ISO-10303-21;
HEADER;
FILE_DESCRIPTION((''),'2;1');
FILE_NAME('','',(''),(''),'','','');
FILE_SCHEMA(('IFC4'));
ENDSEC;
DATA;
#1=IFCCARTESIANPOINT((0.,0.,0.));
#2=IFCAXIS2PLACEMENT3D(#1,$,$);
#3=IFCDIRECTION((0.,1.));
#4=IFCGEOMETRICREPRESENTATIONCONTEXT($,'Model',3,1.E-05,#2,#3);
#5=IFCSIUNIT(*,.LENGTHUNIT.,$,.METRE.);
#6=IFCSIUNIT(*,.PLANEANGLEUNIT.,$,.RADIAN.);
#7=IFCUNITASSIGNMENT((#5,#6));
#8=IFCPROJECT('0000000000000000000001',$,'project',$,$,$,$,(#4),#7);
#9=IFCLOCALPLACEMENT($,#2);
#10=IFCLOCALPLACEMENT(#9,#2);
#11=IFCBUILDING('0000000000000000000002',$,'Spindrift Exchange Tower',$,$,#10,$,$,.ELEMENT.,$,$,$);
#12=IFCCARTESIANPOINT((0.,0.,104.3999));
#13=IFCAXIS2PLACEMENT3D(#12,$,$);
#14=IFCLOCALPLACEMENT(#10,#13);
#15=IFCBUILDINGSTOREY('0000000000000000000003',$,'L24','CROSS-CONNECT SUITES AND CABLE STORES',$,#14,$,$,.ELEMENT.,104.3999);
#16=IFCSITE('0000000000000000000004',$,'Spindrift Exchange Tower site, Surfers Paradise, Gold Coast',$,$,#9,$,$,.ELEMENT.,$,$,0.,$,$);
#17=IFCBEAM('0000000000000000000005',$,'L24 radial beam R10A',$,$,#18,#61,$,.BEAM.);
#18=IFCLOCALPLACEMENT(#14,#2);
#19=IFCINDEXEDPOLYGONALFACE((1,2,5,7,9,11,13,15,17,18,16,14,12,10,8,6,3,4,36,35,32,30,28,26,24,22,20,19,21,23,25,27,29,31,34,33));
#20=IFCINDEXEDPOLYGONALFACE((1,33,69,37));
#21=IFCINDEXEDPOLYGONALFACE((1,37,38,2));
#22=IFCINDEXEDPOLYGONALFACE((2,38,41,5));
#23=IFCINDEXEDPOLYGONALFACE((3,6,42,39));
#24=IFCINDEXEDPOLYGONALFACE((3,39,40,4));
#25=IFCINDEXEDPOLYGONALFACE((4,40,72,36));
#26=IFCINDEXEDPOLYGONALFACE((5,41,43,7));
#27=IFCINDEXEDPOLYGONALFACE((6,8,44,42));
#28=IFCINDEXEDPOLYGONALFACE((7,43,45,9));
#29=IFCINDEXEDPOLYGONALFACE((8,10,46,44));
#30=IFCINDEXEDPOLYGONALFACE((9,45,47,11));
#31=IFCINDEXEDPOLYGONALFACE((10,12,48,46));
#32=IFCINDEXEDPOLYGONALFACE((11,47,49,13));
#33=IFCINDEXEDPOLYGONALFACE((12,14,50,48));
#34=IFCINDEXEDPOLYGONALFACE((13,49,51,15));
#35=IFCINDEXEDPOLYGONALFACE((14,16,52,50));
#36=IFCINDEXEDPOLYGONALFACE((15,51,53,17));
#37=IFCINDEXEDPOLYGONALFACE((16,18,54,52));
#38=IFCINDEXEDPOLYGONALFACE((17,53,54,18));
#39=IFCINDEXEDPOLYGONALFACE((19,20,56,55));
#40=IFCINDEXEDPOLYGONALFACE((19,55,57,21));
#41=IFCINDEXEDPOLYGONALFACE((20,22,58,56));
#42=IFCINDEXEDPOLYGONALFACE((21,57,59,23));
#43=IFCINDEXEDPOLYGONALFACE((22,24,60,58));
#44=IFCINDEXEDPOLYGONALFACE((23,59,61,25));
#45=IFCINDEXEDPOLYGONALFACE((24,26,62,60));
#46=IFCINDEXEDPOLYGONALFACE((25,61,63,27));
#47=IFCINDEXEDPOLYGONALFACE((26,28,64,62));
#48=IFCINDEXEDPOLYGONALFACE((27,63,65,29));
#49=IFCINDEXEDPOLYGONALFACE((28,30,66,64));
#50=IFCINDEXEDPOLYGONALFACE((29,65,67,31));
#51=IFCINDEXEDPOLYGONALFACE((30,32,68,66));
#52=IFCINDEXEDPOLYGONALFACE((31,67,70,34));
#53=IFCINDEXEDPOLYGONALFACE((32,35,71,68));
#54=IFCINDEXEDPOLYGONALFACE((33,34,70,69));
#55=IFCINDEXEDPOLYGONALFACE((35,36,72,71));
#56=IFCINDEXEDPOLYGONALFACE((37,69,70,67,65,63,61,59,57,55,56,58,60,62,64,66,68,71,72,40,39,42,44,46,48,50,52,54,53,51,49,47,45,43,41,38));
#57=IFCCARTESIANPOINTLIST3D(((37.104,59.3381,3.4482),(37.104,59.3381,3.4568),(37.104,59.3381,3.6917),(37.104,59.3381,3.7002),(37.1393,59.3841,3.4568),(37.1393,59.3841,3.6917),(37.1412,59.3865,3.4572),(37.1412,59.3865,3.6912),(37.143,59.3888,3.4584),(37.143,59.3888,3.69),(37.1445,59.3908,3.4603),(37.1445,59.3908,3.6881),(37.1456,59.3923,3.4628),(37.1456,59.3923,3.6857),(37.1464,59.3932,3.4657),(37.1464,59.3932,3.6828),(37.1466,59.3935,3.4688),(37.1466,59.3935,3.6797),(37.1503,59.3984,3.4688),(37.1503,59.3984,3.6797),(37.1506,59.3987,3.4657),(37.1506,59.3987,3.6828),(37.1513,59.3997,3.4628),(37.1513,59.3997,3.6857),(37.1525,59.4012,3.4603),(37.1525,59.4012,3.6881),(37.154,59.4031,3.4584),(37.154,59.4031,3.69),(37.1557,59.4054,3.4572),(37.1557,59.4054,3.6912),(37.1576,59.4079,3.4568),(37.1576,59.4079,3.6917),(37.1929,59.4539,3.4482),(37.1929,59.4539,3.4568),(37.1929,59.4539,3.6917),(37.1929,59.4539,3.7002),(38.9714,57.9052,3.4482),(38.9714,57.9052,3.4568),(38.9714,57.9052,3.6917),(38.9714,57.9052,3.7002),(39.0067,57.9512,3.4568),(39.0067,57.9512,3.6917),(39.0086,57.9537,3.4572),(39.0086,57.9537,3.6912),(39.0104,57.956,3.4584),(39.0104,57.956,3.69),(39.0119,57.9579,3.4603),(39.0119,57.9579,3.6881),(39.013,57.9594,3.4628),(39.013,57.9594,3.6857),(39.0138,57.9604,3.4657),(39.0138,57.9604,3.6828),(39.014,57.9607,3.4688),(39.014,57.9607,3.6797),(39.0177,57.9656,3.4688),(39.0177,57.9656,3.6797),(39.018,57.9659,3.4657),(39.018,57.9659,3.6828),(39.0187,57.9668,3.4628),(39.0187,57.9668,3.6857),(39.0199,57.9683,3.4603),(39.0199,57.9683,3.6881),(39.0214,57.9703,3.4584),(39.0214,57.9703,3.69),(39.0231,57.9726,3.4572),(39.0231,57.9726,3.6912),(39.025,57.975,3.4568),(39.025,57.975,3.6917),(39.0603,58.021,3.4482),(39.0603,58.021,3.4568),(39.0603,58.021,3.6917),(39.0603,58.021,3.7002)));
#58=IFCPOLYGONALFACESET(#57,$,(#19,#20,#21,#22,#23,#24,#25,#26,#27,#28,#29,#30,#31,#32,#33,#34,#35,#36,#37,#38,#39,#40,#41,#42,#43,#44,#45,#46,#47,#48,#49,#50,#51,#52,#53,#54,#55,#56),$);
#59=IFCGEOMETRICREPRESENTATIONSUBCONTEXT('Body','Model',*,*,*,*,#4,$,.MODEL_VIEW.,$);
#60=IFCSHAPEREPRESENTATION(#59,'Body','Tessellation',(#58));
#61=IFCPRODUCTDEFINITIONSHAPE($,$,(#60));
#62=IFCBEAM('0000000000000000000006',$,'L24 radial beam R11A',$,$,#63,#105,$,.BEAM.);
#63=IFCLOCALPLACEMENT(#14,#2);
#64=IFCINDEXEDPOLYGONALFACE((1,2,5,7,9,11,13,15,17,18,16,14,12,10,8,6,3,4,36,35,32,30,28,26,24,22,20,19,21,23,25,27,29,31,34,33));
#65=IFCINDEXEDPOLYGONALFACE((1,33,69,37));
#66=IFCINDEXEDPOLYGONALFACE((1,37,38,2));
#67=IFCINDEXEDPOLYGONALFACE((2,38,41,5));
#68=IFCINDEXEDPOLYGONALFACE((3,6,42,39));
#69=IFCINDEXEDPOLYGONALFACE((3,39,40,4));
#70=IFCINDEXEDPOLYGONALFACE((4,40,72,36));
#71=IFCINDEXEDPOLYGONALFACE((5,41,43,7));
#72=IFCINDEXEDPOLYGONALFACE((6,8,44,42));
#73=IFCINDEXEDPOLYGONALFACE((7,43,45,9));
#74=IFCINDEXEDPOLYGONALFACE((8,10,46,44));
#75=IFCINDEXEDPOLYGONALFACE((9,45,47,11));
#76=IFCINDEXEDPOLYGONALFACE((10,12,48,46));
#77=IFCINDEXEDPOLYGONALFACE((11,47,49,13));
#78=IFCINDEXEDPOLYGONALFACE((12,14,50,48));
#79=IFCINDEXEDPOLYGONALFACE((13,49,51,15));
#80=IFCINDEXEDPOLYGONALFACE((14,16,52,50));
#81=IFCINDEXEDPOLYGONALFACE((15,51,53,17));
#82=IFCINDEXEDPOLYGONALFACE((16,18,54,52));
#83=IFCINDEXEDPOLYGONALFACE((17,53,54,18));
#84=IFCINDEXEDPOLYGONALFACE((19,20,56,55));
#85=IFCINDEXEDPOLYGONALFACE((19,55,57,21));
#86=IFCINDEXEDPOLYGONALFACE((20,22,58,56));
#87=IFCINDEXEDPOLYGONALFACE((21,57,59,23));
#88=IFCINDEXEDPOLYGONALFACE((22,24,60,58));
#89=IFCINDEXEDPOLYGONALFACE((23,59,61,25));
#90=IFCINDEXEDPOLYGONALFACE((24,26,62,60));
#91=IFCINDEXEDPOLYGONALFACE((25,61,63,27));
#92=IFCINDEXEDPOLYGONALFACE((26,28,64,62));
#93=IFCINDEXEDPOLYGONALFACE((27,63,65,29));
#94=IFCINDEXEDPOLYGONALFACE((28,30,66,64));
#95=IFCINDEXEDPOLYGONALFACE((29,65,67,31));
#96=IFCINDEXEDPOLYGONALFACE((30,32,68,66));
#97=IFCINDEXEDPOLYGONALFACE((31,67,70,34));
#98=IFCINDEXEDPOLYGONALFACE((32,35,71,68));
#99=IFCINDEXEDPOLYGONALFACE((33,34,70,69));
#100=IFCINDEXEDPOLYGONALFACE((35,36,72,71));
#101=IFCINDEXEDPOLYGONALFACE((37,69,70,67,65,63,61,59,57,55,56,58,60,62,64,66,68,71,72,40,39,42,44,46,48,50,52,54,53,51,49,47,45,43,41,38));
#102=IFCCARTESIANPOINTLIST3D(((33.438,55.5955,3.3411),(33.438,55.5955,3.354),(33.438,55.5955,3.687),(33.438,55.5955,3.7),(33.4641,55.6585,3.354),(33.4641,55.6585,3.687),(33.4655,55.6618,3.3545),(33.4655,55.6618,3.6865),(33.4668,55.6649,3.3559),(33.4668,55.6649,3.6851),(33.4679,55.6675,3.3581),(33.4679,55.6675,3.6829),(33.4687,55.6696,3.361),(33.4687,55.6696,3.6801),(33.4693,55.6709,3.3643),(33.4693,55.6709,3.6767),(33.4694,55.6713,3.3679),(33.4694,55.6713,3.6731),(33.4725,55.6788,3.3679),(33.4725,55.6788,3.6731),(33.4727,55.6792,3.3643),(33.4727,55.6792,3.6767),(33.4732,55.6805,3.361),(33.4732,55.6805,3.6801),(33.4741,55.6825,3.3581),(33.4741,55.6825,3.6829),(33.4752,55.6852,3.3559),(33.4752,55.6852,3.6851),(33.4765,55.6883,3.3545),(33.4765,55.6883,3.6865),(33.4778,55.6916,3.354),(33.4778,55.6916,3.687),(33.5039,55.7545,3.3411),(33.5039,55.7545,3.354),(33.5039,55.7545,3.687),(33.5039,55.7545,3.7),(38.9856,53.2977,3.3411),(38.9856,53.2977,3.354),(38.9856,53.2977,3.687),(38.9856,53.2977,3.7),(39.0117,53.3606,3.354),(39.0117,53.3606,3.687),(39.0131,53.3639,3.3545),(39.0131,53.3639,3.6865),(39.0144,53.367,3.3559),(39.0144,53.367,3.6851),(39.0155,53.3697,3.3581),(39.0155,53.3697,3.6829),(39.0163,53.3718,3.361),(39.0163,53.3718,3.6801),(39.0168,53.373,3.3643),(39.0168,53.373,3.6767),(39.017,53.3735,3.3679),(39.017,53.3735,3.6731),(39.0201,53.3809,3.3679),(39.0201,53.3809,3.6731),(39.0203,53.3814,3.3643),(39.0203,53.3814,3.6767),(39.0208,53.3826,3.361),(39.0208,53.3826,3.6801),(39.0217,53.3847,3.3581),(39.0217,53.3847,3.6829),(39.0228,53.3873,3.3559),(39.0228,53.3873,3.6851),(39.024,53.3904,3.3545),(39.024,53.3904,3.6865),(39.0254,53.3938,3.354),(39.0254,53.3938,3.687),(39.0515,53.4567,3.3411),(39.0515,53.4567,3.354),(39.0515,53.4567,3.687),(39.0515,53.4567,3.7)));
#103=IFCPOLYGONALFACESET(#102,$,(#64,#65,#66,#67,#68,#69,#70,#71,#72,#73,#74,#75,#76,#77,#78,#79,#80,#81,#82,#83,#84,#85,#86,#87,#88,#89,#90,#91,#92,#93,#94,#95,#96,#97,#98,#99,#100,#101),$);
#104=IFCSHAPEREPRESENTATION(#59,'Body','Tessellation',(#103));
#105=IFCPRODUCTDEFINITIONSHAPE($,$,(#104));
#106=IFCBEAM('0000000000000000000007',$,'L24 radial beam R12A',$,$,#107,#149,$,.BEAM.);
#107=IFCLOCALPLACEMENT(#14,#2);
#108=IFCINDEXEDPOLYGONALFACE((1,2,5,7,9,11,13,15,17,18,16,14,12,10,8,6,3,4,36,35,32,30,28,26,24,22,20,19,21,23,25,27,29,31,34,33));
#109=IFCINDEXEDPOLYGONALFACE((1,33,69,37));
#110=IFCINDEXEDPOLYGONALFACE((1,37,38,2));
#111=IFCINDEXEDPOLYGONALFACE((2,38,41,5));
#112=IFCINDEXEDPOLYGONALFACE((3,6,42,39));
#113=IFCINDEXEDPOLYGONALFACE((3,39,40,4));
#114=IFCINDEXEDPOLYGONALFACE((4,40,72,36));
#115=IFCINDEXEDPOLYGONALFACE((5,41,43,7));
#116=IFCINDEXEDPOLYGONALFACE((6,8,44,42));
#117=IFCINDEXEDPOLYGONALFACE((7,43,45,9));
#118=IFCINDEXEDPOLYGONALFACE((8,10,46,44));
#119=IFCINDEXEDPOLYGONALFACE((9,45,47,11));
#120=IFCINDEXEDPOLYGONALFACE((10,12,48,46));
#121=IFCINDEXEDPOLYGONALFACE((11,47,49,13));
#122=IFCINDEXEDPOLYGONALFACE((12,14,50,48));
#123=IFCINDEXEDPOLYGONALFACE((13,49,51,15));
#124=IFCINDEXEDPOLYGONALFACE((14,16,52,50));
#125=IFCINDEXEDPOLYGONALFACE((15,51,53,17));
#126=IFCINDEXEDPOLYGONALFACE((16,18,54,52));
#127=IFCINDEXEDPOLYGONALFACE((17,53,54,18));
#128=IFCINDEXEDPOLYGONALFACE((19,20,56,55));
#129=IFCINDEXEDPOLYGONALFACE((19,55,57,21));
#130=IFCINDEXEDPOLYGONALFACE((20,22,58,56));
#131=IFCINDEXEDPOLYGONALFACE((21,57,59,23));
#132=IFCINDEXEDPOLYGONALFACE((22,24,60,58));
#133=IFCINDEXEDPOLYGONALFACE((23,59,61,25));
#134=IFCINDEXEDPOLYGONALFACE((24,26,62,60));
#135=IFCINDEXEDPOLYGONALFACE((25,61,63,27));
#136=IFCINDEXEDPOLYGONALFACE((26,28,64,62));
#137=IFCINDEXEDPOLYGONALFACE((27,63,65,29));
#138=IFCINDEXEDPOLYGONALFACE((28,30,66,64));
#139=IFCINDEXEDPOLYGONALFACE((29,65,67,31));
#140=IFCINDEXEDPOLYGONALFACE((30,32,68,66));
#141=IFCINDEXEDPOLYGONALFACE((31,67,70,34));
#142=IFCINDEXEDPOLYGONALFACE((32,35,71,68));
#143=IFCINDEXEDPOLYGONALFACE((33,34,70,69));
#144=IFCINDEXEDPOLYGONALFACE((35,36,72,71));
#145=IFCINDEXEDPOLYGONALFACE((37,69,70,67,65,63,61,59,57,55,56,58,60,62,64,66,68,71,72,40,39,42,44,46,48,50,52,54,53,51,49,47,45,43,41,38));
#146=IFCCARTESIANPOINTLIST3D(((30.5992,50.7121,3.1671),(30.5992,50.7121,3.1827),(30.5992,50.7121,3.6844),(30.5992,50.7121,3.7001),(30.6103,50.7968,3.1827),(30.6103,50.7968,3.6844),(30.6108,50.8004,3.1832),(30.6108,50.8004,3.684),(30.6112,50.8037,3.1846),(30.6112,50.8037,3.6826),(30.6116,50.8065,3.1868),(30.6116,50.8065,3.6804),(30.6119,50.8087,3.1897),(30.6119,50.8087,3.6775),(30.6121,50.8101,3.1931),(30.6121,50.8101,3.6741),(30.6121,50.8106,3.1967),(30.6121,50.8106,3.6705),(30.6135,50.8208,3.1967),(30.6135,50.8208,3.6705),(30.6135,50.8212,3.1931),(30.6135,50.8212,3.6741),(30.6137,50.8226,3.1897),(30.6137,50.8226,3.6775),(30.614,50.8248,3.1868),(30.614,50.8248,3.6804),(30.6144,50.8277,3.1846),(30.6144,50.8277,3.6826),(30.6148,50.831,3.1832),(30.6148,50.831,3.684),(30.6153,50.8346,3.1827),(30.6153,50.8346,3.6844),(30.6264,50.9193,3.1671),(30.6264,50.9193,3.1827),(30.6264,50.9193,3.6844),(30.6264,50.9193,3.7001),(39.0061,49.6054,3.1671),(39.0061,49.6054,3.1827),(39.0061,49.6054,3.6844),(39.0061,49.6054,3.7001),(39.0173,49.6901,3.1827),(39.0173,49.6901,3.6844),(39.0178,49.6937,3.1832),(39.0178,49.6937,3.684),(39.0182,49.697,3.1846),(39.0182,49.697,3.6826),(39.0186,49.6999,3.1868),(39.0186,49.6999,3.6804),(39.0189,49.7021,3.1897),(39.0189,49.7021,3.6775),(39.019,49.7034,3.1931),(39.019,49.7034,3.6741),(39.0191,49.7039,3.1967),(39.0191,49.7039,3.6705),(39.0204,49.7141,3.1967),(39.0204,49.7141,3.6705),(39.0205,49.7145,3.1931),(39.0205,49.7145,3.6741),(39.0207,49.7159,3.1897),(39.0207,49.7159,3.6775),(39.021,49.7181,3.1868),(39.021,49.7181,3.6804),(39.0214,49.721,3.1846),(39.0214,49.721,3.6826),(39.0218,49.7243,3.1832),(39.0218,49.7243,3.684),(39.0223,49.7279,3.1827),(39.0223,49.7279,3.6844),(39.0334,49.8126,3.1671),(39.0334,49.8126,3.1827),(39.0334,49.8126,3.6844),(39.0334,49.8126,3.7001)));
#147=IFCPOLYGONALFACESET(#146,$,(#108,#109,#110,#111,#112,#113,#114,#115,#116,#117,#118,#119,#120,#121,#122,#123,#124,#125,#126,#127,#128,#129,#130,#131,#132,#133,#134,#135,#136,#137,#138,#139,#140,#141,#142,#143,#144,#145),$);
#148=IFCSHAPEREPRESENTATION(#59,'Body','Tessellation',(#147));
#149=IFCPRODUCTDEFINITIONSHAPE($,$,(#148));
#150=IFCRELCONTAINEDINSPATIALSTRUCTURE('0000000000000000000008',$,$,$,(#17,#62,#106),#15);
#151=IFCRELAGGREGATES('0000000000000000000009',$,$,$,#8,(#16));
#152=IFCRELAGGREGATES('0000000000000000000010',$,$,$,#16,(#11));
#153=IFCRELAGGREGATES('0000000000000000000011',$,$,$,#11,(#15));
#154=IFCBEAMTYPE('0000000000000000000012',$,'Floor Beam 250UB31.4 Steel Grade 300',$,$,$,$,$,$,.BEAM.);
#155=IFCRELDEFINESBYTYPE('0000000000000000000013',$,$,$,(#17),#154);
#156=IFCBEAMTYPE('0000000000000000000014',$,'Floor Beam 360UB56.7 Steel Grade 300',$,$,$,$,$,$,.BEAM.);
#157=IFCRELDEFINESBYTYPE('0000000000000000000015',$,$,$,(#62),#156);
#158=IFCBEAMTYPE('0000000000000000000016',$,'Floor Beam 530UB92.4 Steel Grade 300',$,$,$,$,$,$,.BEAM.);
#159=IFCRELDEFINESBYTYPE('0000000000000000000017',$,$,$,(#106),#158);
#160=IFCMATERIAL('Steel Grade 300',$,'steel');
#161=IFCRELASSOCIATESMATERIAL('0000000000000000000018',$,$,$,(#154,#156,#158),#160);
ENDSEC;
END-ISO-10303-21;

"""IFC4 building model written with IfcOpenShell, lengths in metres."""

from ifc_helpers import new_model, si_unit, direction, frame, origin, origin_2d, place, context, subcontext, project, spatial, i_section, extrude, source, transform, mapped, material, material_profile, profile_set, type_object, element, save


model = new_model("IFC4")

# Units and contexts
model_context = context("Model", 3, precision=1e-05, world=origin(), true_north=direction((0.0, 1.0)))
body_context = subcontext(model_context, "Body", "Model", "MODEL_VIEW")
ifc_project = project(units=[si_unit("LENGTHUNIT", "METRE"), si_unit("PLANEANGLEUNIT", "RADIAN")], contexts=[model_context])

# Site, building, storey
site_placement = place(None, origin())
site = spatial("IfcSite", under=ifc_project, at=site_placement, Name="Spindrift Exchange Tower site, Surfers Paradise, Gold Coast", CompositionType="ELEMENT", RefElevation=0.0)
building_placement = place(site_placement, origin())
building = spatial("IfcBuilding", under=site, at=building_placement, Name="Spindrift Exchange Tower", CompositionType="ELEMENT")
storey_placement = place(building_placement, frame((0.0, 0.0, 104.3999)))
storey = spatial("IfcBuildingStorey", under=building, at=storey_placement, Name="L24", Description="CROSS-CONNECT SUITES AND CABLE STORES", CompositionType="ELEMENT", Elevation=104.3999)

# Beams
ifc_material_1 = material(Name="Steel Grade 300", Category="steel")
ifc_material_profile_1 = material_profile(ifc_material_1, i_section(OverallWidth=0.146, OverallDepth=0.252, WebThickness=0.0061, FlangeThickness=0.0085, FilletRadius=0.012, at=origin_2d()), Name="250UB31.4")
ifc_profile_set_1 = profile_set([ifc_material_profile_1], Name="Steel Grade 300")
beam_type_1 = type_object("IfcBeamType", Name="Floor Beam 250UB31.4 Steel Grade 300", PredefinedType="BEAM", material=ifc_profile_set_1)
shared_shape_1 = source(origin(), body_context, "Body", "SweptSolid", [
    extrude(i_section(OverallWidth=0.146, OverallDepth=0.252, WebThickness=0.0061, FlangeThickness=0.0085, FilletRadius=0.012, at=origin_2d()), origin(), (0.0, 0.0, 1.0), 2.3538),
])
beam_1_placement = place(storey_placement, frame((39.0159, 57.9631, 3.5742), z_axis=(-0.793368, 0.608743, 0.0), x_axis=(-0.608743, -0.793368, 0.0)))
element("IfcBeam", 1, at=beam_1_placement, inside=storey, type_object=beam_type_1, Name="L24 radial beam R10A", PredefinedType="BEAM", context=body_context, shape_type="MappedRepresentation", body=[
    mapped(shared_shape_1, transform((0.0, 0.0, 0.0), scale=1.0)),
])
ifc_material_profile_2 = material_profile(ifc_material_1, i_section(OverallWidth=0.1721, OverallDepth=0.3589, WebThickness=0.0081, FlangeThickness=0.0129, FilletRadius=0.0139, at=origin_2d()), Name="360UB56.7")
ifc_profile_set_2 = profile_set([ifc_material_profile_2], Name="Steel Grade 300")
beam_type_2 = type_object("IfcBeamType", Name="Floor Beam 360UB56.7 Steel Grade 300", PredefinedType="BEAM", material=ifc_profile_set_2)
shared_shape_2 = source(origin(), body_context, "Body", "SweptSolid", [
    extrude(i_section(OverallWidth=0.1721, OverallDepth=0.3589, WebThickness=0.0081, FlangeThickness=0.0129, FilletRadius=0.0139, at=origin_2d()), origin(), (0.0, 0.0, 1.0), 6.0046),
])
beam_2_placement = place(storey_placement, frame((39.0186, 53.3772, 3.5205), z_axis=(-0.923882, 0.382677, 0.0), x_axis=(-0.382677, -0.923882, 0.0)))
element("IfcBeam", 2, at=beam_2_placement, inside=storey, type_object=beam_type_2, Name="L24 radial beam R11A", PredefinedType="BEAM", context=body_context, shape_type="MappedRepresentation", body=[
    mapped(shared_shape_2, transform((0.0, 0.0, 0.0), scale=1.0)),
])
ifc_material_profile_3 = material_profile(ifc_material_1, i_section(OverallWidth=0.209, OverallDepth=0.533, WebThickness=0.0103, FlangeThickness=0.0156, FilletRadius=0.0139, at=origin_2d()), Name="530UB92.4")
ifc_profile_set_3 = profile_set([ifc_material_profile_3], Name="Steel Grade 300")
beam_type_3 = type_object("IfcBeamType", Name="Floor Beam 530UB92.4 Steel Grade 300", PredefinedType="BEAM", material=ifc_profile_set_3)
shared_shape_3 = source(origin(), body_context, "Body", "SweptSolid", [
    extrude(i_section(OverallWidth=0.209, OverallDepth=0.533, WebThickness=0.0103, FlangeThickness=0.0156, FilletRadius=0.0139, at=origin_2d()), origin(), (0.0, 0.0, 1.0), 8.4795),
])
beam_3_placement = place(storey_placement, frame((39.0198, 49.709, 3.4336), z_axis=(-0.991447, 0.130513, 0.0), x_axis=(-0.130513, -0.991447, 0.0)))
element("IfcBeam", 3, at=beam_3_placement, inside=storey, type_object=beam_type_3, Name="L24 radial beam R12A", PredefinedType="BEAM", context=body_context, shape_type="MappedRepresentation", body=[
    mapped(shared_shape_3, transform((0.0, 0.0, 0.0), scale=1.0)),
])

save(model, "model.ifc")
